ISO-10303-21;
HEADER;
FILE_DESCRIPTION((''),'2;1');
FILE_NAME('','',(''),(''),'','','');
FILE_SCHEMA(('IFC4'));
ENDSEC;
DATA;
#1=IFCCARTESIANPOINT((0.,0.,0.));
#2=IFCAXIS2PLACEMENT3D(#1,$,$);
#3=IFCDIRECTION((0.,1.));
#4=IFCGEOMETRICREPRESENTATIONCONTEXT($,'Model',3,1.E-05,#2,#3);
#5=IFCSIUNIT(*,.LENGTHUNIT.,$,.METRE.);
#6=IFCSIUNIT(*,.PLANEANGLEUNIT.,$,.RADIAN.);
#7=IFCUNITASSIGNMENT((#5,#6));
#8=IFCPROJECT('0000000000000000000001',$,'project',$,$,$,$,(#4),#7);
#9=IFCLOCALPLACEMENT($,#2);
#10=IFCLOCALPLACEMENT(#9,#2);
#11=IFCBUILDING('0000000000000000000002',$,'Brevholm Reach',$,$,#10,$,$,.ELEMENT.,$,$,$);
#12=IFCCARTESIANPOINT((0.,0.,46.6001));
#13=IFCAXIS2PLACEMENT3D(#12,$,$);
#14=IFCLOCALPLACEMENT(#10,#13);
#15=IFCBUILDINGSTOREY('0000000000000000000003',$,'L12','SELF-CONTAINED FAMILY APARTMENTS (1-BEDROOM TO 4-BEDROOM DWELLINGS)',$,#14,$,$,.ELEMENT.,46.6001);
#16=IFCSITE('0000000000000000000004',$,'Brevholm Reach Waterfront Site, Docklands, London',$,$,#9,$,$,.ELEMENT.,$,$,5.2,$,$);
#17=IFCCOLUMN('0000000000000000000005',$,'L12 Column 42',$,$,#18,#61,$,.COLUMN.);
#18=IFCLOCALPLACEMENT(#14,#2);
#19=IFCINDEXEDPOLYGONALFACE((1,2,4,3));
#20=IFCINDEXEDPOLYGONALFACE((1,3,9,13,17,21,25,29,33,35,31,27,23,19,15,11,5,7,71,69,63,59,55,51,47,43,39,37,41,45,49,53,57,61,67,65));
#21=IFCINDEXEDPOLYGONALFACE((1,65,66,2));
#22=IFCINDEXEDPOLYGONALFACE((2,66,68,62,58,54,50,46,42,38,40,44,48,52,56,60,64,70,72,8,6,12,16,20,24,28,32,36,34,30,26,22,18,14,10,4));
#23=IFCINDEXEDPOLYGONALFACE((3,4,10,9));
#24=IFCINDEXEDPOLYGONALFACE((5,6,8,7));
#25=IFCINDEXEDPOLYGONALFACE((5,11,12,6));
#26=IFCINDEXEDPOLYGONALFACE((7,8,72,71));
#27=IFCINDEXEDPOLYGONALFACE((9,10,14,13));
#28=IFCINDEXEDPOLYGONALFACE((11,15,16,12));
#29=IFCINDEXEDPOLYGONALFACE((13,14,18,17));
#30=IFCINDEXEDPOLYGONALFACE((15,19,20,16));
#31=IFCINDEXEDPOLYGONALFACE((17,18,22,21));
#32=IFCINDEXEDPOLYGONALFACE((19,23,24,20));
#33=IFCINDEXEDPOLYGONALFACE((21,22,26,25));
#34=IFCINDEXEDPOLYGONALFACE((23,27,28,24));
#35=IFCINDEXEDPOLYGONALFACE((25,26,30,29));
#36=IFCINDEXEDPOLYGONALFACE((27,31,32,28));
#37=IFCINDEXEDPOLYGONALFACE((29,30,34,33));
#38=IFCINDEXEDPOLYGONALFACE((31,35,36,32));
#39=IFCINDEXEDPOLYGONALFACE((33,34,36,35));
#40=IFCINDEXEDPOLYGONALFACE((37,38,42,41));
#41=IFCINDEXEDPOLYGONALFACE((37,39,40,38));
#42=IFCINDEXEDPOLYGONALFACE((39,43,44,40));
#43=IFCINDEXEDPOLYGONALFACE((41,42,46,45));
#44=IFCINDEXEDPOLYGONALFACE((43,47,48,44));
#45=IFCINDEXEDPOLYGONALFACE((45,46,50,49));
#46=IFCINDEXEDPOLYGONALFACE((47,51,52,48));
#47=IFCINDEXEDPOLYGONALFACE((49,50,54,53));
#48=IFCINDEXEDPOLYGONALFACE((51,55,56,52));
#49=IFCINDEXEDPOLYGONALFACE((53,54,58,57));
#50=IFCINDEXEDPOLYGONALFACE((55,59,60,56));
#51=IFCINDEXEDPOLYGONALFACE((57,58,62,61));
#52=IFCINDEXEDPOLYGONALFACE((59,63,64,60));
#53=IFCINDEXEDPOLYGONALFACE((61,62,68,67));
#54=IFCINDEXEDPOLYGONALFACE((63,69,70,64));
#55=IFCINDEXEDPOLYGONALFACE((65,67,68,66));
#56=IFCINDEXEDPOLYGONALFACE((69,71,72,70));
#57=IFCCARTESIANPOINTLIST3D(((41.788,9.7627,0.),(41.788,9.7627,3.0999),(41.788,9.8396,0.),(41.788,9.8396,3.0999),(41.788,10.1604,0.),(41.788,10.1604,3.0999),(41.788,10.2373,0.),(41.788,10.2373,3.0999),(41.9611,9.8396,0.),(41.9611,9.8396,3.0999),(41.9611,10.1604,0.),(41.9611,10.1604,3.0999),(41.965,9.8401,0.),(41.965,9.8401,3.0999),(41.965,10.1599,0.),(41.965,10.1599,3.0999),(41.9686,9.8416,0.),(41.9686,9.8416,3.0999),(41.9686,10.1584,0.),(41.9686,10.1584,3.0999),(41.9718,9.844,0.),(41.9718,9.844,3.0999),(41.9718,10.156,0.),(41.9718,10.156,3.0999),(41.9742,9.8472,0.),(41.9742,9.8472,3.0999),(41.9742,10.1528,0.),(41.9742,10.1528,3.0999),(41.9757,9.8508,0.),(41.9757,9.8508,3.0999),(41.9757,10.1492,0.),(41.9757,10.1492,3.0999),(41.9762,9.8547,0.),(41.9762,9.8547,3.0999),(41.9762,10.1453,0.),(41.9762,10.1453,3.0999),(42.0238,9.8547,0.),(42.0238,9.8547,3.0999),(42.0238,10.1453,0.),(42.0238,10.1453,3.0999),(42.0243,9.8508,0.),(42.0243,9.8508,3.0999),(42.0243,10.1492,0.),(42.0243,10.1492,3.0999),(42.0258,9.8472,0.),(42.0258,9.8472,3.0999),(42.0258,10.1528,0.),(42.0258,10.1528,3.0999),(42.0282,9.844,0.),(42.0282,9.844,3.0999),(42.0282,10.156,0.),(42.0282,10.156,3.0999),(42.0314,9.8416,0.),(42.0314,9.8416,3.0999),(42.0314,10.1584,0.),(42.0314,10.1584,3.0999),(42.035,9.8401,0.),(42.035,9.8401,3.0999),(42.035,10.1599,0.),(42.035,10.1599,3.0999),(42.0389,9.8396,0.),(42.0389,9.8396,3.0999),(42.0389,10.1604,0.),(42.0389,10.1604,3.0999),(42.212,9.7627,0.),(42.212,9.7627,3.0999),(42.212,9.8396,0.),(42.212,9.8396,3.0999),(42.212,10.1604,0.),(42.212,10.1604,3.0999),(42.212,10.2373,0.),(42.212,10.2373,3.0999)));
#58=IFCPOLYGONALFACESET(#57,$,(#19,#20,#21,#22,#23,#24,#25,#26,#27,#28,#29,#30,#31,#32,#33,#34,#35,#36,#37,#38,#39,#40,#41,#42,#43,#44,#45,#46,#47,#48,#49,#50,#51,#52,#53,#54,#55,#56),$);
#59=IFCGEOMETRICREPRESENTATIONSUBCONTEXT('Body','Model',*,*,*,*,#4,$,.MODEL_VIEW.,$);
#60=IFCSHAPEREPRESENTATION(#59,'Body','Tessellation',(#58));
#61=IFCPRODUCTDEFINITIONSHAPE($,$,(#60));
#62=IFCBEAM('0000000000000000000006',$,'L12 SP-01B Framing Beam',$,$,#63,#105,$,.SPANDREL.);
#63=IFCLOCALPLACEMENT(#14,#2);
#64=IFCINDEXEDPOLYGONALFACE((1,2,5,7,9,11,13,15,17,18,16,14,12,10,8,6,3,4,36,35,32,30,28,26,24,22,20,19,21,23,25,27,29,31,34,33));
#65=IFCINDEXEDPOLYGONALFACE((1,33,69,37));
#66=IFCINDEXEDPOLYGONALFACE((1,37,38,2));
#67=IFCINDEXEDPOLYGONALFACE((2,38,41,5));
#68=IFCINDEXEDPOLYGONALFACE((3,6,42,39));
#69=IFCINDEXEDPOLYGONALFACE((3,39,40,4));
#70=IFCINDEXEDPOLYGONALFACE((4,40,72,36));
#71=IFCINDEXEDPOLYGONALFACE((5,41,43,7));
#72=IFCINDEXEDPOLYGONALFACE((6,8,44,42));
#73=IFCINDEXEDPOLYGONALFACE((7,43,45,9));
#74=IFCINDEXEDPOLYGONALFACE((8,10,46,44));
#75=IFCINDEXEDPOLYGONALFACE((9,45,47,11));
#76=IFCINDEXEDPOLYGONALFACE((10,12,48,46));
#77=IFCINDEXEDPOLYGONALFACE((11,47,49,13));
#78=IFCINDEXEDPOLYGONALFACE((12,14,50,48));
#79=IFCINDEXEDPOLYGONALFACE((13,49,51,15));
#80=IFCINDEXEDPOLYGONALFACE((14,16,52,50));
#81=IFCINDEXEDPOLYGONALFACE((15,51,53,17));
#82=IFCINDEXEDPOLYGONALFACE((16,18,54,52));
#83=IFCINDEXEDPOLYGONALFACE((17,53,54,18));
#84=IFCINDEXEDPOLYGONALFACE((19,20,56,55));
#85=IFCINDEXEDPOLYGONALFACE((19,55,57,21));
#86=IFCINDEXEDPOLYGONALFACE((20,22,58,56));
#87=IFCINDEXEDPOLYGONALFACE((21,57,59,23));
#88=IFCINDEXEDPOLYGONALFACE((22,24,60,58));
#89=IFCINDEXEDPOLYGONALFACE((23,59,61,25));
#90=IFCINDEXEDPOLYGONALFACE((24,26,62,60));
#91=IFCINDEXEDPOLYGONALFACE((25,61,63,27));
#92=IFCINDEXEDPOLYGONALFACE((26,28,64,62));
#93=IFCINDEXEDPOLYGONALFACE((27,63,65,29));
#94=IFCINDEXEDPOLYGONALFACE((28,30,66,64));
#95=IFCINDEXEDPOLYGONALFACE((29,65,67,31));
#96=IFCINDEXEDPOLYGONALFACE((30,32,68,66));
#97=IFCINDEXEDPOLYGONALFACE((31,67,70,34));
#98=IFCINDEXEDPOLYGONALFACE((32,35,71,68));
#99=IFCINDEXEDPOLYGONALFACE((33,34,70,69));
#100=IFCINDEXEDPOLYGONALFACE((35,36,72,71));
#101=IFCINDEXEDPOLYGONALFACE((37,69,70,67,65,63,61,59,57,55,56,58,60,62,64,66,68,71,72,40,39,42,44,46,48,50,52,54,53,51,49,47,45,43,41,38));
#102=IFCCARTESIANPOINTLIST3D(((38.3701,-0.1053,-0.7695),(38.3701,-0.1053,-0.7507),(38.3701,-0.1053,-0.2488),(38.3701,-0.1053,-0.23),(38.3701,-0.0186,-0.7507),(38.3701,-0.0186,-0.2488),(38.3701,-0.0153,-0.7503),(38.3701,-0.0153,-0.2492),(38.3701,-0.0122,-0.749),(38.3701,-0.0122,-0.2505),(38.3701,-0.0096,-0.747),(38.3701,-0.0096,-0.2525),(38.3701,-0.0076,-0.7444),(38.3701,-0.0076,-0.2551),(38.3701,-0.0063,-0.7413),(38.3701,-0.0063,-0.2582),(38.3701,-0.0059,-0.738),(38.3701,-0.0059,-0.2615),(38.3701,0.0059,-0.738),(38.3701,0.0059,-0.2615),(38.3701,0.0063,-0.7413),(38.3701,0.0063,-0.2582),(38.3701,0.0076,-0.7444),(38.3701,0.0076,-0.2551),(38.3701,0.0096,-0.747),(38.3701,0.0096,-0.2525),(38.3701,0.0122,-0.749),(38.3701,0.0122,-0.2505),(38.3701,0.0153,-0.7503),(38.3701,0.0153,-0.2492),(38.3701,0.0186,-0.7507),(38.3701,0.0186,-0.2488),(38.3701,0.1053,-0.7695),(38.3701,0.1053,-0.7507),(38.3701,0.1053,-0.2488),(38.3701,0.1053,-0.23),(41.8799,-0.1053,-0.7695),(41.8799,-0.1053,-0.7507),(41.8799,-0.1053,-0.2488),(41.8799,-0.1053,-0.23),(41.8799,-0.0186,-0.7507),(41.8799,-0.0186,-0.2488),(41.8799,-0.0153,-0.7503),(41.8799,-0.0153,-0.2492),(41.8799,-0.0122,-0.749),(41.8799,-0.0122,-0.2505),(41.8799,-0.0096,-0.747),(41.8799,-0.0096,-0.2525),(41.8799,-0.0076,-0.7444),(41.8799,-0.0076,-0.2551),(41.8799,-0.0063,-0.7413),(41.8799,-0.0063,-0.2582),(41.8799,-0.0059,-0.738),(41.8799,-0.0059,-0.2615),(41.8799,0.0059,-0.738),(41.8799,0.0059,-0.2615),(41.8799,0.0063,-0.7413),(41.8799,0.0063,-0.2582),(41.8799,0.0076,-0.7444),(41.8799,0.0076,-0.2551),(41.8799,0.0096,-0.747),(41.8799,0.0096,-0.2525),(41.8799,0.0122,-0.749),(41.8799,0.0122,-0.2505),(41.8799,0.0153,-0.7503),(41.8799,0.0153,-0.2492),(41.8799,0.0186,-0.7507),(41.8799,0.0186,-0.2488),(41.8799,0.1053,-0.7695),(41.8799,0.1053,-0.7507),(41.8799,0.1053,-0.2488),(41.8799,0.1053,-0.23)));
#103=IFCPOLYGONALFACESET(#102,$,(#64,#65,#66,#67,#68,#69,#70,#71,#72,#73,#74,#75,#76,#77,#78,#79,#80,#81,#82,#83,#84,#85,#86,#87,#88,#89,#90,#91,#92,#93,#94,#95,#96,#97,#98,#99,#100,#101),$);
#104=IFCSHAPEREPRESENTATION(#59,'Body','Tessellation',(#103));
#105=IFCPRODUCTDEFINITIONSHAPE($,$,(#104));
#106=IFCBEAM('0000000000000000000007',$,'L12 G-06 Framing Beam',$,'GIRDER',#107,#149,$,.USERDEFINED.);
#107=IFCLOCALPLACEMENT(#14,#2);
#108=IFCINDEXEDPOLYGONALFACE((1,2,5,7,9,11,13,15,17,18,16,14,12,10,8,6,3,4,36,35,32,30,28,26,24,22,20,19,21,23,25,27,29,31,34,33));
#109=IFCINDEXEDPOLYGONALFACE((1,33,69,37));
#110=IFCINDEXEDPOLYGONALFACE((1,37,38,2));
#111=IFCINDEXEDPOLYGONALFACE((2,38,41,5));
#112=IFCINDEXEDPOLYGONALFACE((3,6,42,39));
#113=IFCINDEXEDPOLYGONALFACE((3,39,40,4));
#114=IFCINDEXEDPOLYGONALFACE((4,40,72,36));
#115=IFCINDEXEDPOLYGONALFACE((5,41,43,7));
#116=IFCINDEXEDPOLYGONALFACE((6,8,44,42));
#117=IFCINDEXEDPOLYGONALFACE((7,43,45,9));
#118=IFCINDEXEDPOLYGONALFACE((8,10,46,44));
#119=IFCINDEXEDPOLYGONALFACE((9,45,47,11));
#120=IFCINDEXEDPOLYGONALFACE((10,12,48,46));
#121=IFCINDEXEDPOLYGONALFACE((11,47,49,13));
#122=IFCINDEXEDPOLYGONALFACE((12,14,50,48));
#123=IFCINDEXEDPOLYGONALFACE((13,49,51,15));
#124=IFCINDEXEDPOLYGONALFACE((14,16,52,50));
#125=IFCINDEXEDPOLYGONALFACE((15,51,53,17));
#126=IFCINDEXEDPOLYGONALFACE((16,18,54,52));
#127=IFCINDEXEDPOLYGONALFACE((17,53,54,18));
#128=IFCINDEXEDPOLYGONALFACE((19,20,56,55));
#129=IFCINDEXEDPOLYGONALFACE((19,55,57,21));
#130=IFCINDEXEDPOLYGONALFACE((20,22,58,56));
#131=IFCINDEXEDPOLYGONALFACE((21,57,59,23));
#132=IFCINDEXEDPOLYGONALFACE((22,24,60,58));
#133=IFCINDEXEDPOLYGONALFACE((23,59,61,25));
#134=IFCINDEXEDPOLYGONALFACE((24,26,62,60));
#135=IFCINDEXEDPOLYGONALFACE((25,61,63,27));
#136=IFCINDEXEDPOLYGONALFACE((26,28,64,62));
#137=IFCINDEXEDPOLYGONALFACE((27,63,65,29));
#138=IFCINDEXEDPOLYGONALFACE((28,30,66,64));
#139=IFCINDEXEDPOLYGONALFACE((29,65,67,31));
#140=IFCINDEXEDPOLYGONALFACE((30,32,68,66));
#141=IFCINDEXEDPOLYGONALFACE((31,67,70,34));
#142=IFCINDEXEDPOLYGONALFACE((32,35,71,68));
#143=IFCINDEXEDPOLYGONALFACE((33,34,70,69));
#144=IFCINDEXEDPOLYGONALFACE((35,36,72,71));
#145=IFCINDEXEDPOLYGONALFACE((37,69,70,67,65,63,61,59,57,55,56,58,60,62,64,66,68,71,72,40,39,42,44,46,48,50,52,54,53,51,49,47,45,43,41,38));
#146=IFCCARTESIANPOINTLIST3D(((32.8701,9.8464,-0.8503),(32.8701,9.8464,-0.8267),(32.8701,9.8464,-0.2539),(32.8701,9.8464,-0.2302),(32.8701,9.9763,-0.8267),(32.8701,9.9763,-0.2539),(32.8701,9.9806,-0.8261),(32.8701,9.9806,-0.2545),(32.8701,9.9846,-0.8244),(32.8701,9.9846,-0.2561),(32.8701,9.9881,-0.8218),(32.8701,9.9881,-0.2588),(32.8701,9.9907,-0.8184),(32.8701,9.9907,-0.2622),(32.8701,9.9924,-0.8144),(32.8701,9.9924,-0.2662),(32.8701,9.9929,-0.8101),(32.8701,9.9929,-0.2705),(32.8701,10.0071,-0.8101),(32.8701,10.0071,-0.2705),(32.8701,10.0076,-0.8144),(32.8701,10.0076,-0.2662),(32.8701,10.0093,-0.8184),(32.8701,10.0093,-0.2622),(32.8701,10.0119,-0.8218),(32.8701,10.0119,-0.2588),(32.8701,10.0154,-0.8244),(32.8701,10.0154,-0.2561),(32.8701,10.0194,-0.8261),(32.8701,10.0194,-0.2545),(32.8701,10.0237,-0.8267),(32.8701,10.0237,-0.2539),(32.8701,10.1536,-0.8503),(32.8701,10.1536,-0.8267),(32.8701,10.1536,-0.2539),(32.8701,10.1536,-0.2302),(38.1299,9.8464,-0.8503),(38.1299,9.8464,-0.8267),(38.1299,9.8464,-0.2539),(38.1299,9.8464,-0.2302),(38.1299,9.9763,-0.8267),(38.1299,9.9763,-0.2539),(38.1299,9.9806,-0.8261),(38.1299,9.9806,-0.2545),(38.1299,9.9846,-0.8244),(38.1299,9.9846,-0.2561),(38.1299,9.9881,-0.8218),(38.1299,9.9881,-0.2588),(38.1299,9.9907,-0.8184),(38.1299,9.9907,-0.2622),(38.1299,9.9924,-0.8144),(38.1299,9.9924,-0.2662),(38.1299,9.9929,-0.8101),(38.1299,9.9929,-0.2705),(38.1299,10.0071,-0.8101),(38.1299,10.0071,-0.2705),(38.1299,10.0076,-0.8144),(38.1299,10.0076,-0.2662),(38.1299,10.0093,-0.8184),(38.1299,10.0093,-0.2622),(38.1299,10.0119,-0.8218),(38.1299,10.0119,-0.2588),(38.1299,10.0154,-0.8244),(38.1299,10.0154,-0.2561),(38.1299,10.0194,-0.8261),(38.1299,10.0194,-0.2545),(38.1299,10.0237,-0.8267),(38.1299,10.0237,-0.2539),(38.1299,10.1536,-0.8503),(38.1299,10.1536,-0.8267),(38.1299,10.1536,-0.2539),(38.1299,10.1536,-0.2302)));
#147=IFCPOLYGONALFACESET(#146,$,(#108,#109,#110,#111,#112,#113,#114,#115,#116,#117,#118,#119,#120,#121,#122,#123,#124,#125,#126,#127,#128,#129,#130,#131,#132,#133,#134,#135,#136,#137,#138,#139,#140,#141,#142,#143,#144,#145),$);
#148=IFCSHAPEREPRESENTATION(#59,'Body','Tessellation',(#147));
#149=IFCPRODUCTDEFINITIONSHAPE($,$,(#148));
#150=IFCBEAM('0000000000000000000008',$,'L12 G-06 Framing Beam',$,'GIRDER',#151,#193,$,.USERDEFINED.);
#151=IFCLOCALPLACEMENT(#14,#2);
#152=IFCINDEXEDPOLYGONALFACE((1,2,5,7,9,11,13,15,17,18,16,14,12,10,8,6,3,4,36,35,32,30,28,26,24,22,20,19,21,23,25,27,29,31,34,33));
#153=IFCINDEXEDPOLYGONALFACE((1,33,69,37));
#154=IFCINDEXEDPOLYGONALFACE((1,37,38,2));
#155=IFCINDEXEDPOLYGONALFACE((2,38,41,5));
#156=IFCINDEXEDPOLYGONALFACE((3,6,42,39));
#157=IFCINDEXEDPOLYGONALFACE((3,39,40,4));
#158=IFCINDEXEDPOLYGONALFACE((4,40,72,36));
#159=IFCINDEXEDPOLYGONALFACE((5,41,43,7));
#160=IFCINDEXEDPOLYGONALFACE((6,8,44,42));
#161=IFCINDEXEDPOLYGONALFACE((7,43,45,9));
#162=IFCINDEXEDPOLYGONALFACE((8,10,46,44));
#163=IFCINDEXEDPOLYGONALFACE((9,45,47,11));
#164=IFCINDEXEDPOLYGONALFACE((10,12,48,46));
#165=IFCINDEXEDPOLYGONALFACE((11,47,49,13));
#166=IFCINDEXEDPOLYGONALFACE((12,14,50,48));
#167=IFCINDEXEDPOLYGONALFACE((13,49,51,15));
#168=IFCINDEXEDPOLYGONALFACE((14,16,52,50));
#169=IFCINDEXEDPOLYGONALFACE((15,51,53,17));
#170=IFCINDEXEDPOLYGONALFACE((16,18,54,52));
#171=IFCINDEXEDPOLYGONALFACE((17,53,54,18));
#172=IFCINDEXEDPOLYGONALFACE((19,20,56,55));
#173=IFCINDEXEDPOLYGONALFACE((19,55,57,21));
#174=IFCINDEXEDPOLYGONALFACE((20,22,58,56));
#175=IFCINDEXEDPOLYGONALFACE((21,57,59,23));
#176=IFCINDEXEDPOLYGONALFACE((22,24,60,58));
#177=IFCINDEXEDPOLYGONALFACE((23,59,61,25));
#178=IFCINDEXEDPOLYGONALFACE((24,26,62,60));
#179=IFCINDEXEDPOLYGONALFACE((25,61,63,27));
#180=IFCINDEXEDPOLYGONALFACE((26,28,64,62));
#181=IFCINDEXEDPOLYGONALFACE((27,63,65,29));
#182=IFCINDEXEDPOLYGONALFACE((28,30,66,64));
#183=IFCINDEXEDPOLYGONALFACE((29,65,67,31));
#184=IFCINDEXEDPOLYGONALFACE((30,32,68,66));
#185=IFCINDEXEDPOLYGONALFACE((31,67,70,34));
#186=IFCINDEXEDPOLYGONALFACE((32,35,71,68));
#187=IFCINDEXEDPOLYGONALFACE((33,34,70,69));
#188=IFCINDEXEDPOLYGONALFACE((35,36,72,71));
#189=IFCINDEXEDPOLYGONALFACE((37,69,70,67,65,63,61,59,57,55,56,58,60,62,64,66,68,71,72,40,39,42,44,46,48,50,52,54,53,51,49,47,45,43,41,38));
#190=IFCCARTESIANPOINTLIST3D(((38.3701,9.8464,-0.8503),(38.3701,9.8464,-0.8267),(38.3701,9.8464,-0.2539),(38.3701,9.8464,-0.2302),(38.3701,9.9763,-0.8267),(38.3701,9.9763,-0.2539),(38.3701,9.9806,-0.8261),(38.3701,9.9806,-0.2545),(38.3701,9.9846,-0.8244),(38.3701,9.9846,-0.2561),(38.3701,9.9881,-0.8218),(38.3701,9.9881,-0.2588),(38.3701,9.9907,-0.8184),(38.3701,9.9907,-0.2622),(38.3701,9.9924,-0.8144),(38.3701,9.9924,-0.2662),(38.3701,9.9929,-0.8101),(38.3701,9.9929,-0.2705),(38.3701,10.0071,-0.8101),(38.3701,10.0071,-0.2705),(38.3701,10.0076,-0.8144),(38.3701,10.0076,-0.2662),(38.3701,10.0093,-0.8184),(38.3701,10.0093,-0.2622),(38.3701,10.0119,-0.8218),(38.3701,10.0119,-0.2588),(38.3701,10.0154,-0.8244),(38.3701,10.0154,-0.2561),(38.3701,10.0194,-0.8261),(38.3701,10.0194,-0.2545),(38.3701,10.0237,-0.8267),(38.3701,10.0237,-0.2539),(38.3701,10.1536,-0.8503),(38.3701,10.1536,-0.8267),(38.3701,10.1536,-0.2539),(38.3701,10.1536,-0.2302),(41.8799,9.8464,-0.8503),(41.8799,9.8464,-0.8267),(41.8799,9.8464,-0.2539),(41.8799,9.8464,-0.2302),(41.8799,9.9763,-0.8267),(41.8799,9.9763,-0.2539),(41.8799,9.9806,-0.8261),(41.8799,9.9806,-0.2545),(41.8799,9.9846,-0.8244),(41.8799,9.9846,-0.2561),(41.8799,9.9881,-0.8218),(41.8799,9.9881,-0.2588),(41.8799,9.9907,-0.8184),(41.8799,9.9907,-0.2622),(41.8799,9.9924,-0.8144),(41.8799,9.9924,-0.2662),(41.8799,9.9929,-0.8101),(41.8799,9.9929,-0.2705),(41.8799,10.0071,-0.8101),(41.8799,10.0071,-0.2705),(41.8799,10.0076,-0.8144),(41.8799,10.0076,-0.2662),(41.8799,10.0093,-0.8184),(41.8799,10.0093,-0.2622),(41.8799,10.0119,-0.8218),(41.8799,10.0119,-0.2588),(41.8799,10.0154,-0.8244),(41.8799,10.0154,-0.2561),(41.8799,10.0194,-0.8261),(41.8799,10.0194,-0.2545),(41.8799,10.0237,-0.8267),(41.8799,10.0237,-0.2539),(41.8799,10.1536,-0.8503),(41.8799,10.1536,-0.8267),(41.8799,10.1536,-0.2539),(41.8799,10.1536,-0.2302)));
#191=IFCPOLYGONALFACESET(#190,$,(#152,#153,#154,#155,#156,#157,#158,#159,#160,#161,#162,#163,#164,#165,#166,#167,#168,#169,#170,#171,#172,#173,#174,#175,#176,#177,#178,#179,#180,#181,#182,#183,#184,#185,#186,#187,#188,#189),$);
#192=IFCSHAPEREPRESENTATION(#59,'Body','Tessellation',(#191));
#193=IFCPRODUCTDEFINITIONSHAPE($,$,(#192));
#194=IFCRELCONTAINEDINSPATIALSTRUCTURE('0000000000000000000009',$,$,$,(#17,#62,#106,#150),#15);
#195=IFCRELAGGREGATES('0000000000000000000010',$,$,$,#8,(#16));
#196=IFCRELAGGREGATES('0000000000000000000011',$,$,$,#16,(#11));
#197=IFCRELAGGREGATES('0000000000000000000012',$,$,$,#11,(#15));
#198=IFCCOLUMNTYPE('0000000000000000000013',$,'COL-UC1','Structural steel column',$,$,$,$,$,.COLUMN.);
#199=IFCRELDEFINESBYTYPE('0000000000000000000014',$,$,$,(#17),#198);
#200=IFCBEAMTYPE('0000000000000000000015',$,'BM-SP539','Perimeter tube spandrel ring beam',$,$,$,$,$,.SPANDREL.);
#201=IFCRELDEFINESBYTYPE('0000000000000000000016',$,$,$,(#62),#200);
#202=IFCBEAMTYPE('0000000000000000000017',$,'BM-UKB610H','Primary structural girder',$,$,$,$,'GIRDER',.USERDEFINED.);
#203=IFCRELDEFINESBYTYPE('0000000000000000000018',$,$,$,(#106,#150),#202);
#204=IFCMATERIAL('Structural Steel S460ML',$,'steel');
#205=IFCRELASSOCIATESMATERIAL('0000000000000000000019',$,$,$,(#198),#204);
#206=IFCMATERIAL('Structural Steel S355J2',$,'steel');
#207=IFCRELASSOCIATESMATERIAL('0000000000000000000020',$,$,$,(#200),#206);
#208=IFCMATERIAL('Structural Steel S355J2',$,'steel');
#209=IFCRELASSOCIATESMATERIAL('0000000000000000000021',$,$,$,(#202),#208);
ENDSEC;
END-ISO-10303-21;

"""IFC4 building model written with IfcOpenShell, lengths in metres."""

from ifc_helpers import new_model, si_unit, direction, frame, origin, origin_2d, place, context, subcontext, project, spatial, i_section, extrude, material, material_profile, profile_set, type_object, element, save


model = new_model("IFC4")

# Units and contexts
model_context = context("Model", 3, precision=1e-05, world=origin(), true_north=direction((0.0, 1.0)))
body_context = subcontext(model_context, "Body", "Model", "MODEL_VIEW")
ifc_project = project(units=[si_unit("LENGTHUNIT", "METRE"), si_unit("PLANEANGLEUNIT", "RADIAN")], contexts=[model_context])

# Site, building, storey
site_placement = place(None, origin())
site = spatial("IfcSite", under=ifc_project, at=site_placement, Name="Brevholm Reach Waterfront Site, Docklands, London", CompositionType="ELEMENT", RefElevation=5.2)
building_placement = place(site_placement, origin())
building = spatial("IfcBuilding", under=site, at=building_placement, Name="Brevholm Reach", CompositionType="ELEMENT")
storey_placement = place(building_placement, frame((0.0, 0.0, 46.6001)))
storey = spatial("IfcBuildingStorey", under=building, at=storey_placement, Name="L12", Description="SELF-CONTAINED FAMILY APARTMENTS (1-BEDROOM TO 4-BEDROOM DWELLINGS)", CompositionType="ELEMENT", Elevation=46.6001)

# Column
ifc_material_1 = material(Name="Structural Steel S460ML", Category="steel")
ifc_material_profile_1 = material_profile(ifc_material_1, i_section(OverallWidth=0.4241, OverallDepth=0.4746, WebThickness=0.0476, FlangeThickness=0.0769, FilletRadius=0.0151, at=origin_2d()), Name="UKC 356x406x634")
ifc_profile_set_1 = profile_set([ifc_material_profile_1], Name="Structural Steel S460ML")
column_type_1 = type_object("IfcColumnType", Name="COL-UC1", Description="Structural steel column", PredefinedType="COLUMN", material=ifc_profile_set_1)
for number, where, z_axis, x_axis, name in (
    (1, (42.0, 10.0, 0.0), (0.0, 0.0, 1.0), (1.0, 0.0, 0.0), "L12 Column 42"),
):
    element("IfcColumn", number, at=place(storey_placement, frame(where, z_axis=z_axis, x_axis=x_axis)), inside=storey, type_object=column_type_1, Name=name, PredefinedType="COLUMN", context=body_context, shape_type="SweptSolid", body=[
        extrude(i_section(OverallWidth=0.4241, OverallDepth=0.4746, WebThickness=0.0476, FlangeThickness=0.0769, FilletRadius=0.0151, at=origin_2d()), origin(), (0.0, 0.0, 1.0), 3.0999),
    ])

# Beams
ifc_material_2 = material(Name="Structural Steel S355J2", Category="steel")
ifc_material_profile_2 = material_profile(ifc_material_2, i_section(OverallWidth=0.2107, OverallDepth=0.5396, WebThickness=0.0117, FlangeThickness=0.0188, FilletRadius=0.0127, at=origin_2d()), Name="UKB 533x210x109")
ifc_profile_set_2 = profile_set([ifc_material_profile_2], Name="Structural Steel S355J2")
beam_type_1 = type_object("IfcBeamType", Name="BM-SP539", Description="Perimeter tube spandrel ring beam", PredefinedType="SPANDREL", material=ifc_profile_set_2)
beam_1_placement = place(storey_placement, frame((38.3701, 0.0, -0.4998), z_axis=(1.0, 0.0, 0.0), x_axis=(0.0, 1.0, 0.0)))
element("IfcBeam", 2, at=beam_1_placement, inside=storey, type_object=beam_type_1, Name="L12 SP-01B Framing Beam", PredefinedType="SPANDREL", context=body_context, shape_type="SweptSolid", body=[
    extrude(i_section(OverallWidth=0.2107, OverallDepth=0.5396, WebThickness=0.0117, FlangeThickness=0.0188, FilletRadius=0.0127, at=origin_2d()), origin(), (0.0, 0.0, 1.0), 3.5098),
])
ifc_material_3 = material(Name="Structural Steel S355J2", Category="steel")
ifc_material_profile_3 = material_profile(ifc_material_3, i_section(OverallWidth=0.3071, OverallDepth=0.6201, WebThickness=0.0142, FlangeThickness=0.0237, FilletRadius=0.0166, at=origin_2d()), Name="UKB 610x305x179")
ifc_profile_set_3 = profile_set([ifc_material_profile_3], Name="Structural Steel S355J2")
beam_type_2 = type_object("IfcBeamType", Name="BM-UKB610H", Description="Primary structural girder", ElementType="GIRDER", PredefinedType="USERDEFINED", material=ifc_profile_set_3)
beam_2_placement = place(storey_placement, frame((32.8701, 10.0, -0.5403), z_axis=(1.0, 0.0, 0.0), x_axis=(0.0, 1.0, 0.0)))
element("IfcBeam", 3, at=beam_2_placement, inside=storey, type_object=beam_type_2, Name="L12 G-06 Framing Beam", ObjectType="GIRDER", PredefinedType="USERDEFINED", context=body_context, shape_type="SweptSolid", body=[
    extrude(i_section(OverallWidth=0.3071, OverallDepth=0.6201, WebThickness=0.0142, FlangeThickness=0.0237, FilletRadius=0.0166, at=origin_2d()), origin(), (0.0, 0.0, 1.0), 5.2598),
])
beam_3_placement = place(storey_placement, frame((38.3701, 10.0, -0.5403), z_axis=(1.0, 0.0, 0.0), x_axis=(0.0, 1.0, 0.0)))
element("IfcBeam", 4, at=beam_3_placement, inside=storey, type_object=beam_type_2, Name="L12 G-06 Framing Beam", ObjectType="GIRDER", PredefinedType="USERDEFINED", context=body_context, shape_type="SweptSolid", body=[
    extrude(i_section(OverallWidth=0.3071, OverallDepth=0.6201, WebThickness=0.0142, FlangeThickness=0.0237, FilletRadius=0.0166, at=origin_2d()), origin(), (0.0, 0.0, 1.0), 3.5098),
])

save(model, "model.ifc")
